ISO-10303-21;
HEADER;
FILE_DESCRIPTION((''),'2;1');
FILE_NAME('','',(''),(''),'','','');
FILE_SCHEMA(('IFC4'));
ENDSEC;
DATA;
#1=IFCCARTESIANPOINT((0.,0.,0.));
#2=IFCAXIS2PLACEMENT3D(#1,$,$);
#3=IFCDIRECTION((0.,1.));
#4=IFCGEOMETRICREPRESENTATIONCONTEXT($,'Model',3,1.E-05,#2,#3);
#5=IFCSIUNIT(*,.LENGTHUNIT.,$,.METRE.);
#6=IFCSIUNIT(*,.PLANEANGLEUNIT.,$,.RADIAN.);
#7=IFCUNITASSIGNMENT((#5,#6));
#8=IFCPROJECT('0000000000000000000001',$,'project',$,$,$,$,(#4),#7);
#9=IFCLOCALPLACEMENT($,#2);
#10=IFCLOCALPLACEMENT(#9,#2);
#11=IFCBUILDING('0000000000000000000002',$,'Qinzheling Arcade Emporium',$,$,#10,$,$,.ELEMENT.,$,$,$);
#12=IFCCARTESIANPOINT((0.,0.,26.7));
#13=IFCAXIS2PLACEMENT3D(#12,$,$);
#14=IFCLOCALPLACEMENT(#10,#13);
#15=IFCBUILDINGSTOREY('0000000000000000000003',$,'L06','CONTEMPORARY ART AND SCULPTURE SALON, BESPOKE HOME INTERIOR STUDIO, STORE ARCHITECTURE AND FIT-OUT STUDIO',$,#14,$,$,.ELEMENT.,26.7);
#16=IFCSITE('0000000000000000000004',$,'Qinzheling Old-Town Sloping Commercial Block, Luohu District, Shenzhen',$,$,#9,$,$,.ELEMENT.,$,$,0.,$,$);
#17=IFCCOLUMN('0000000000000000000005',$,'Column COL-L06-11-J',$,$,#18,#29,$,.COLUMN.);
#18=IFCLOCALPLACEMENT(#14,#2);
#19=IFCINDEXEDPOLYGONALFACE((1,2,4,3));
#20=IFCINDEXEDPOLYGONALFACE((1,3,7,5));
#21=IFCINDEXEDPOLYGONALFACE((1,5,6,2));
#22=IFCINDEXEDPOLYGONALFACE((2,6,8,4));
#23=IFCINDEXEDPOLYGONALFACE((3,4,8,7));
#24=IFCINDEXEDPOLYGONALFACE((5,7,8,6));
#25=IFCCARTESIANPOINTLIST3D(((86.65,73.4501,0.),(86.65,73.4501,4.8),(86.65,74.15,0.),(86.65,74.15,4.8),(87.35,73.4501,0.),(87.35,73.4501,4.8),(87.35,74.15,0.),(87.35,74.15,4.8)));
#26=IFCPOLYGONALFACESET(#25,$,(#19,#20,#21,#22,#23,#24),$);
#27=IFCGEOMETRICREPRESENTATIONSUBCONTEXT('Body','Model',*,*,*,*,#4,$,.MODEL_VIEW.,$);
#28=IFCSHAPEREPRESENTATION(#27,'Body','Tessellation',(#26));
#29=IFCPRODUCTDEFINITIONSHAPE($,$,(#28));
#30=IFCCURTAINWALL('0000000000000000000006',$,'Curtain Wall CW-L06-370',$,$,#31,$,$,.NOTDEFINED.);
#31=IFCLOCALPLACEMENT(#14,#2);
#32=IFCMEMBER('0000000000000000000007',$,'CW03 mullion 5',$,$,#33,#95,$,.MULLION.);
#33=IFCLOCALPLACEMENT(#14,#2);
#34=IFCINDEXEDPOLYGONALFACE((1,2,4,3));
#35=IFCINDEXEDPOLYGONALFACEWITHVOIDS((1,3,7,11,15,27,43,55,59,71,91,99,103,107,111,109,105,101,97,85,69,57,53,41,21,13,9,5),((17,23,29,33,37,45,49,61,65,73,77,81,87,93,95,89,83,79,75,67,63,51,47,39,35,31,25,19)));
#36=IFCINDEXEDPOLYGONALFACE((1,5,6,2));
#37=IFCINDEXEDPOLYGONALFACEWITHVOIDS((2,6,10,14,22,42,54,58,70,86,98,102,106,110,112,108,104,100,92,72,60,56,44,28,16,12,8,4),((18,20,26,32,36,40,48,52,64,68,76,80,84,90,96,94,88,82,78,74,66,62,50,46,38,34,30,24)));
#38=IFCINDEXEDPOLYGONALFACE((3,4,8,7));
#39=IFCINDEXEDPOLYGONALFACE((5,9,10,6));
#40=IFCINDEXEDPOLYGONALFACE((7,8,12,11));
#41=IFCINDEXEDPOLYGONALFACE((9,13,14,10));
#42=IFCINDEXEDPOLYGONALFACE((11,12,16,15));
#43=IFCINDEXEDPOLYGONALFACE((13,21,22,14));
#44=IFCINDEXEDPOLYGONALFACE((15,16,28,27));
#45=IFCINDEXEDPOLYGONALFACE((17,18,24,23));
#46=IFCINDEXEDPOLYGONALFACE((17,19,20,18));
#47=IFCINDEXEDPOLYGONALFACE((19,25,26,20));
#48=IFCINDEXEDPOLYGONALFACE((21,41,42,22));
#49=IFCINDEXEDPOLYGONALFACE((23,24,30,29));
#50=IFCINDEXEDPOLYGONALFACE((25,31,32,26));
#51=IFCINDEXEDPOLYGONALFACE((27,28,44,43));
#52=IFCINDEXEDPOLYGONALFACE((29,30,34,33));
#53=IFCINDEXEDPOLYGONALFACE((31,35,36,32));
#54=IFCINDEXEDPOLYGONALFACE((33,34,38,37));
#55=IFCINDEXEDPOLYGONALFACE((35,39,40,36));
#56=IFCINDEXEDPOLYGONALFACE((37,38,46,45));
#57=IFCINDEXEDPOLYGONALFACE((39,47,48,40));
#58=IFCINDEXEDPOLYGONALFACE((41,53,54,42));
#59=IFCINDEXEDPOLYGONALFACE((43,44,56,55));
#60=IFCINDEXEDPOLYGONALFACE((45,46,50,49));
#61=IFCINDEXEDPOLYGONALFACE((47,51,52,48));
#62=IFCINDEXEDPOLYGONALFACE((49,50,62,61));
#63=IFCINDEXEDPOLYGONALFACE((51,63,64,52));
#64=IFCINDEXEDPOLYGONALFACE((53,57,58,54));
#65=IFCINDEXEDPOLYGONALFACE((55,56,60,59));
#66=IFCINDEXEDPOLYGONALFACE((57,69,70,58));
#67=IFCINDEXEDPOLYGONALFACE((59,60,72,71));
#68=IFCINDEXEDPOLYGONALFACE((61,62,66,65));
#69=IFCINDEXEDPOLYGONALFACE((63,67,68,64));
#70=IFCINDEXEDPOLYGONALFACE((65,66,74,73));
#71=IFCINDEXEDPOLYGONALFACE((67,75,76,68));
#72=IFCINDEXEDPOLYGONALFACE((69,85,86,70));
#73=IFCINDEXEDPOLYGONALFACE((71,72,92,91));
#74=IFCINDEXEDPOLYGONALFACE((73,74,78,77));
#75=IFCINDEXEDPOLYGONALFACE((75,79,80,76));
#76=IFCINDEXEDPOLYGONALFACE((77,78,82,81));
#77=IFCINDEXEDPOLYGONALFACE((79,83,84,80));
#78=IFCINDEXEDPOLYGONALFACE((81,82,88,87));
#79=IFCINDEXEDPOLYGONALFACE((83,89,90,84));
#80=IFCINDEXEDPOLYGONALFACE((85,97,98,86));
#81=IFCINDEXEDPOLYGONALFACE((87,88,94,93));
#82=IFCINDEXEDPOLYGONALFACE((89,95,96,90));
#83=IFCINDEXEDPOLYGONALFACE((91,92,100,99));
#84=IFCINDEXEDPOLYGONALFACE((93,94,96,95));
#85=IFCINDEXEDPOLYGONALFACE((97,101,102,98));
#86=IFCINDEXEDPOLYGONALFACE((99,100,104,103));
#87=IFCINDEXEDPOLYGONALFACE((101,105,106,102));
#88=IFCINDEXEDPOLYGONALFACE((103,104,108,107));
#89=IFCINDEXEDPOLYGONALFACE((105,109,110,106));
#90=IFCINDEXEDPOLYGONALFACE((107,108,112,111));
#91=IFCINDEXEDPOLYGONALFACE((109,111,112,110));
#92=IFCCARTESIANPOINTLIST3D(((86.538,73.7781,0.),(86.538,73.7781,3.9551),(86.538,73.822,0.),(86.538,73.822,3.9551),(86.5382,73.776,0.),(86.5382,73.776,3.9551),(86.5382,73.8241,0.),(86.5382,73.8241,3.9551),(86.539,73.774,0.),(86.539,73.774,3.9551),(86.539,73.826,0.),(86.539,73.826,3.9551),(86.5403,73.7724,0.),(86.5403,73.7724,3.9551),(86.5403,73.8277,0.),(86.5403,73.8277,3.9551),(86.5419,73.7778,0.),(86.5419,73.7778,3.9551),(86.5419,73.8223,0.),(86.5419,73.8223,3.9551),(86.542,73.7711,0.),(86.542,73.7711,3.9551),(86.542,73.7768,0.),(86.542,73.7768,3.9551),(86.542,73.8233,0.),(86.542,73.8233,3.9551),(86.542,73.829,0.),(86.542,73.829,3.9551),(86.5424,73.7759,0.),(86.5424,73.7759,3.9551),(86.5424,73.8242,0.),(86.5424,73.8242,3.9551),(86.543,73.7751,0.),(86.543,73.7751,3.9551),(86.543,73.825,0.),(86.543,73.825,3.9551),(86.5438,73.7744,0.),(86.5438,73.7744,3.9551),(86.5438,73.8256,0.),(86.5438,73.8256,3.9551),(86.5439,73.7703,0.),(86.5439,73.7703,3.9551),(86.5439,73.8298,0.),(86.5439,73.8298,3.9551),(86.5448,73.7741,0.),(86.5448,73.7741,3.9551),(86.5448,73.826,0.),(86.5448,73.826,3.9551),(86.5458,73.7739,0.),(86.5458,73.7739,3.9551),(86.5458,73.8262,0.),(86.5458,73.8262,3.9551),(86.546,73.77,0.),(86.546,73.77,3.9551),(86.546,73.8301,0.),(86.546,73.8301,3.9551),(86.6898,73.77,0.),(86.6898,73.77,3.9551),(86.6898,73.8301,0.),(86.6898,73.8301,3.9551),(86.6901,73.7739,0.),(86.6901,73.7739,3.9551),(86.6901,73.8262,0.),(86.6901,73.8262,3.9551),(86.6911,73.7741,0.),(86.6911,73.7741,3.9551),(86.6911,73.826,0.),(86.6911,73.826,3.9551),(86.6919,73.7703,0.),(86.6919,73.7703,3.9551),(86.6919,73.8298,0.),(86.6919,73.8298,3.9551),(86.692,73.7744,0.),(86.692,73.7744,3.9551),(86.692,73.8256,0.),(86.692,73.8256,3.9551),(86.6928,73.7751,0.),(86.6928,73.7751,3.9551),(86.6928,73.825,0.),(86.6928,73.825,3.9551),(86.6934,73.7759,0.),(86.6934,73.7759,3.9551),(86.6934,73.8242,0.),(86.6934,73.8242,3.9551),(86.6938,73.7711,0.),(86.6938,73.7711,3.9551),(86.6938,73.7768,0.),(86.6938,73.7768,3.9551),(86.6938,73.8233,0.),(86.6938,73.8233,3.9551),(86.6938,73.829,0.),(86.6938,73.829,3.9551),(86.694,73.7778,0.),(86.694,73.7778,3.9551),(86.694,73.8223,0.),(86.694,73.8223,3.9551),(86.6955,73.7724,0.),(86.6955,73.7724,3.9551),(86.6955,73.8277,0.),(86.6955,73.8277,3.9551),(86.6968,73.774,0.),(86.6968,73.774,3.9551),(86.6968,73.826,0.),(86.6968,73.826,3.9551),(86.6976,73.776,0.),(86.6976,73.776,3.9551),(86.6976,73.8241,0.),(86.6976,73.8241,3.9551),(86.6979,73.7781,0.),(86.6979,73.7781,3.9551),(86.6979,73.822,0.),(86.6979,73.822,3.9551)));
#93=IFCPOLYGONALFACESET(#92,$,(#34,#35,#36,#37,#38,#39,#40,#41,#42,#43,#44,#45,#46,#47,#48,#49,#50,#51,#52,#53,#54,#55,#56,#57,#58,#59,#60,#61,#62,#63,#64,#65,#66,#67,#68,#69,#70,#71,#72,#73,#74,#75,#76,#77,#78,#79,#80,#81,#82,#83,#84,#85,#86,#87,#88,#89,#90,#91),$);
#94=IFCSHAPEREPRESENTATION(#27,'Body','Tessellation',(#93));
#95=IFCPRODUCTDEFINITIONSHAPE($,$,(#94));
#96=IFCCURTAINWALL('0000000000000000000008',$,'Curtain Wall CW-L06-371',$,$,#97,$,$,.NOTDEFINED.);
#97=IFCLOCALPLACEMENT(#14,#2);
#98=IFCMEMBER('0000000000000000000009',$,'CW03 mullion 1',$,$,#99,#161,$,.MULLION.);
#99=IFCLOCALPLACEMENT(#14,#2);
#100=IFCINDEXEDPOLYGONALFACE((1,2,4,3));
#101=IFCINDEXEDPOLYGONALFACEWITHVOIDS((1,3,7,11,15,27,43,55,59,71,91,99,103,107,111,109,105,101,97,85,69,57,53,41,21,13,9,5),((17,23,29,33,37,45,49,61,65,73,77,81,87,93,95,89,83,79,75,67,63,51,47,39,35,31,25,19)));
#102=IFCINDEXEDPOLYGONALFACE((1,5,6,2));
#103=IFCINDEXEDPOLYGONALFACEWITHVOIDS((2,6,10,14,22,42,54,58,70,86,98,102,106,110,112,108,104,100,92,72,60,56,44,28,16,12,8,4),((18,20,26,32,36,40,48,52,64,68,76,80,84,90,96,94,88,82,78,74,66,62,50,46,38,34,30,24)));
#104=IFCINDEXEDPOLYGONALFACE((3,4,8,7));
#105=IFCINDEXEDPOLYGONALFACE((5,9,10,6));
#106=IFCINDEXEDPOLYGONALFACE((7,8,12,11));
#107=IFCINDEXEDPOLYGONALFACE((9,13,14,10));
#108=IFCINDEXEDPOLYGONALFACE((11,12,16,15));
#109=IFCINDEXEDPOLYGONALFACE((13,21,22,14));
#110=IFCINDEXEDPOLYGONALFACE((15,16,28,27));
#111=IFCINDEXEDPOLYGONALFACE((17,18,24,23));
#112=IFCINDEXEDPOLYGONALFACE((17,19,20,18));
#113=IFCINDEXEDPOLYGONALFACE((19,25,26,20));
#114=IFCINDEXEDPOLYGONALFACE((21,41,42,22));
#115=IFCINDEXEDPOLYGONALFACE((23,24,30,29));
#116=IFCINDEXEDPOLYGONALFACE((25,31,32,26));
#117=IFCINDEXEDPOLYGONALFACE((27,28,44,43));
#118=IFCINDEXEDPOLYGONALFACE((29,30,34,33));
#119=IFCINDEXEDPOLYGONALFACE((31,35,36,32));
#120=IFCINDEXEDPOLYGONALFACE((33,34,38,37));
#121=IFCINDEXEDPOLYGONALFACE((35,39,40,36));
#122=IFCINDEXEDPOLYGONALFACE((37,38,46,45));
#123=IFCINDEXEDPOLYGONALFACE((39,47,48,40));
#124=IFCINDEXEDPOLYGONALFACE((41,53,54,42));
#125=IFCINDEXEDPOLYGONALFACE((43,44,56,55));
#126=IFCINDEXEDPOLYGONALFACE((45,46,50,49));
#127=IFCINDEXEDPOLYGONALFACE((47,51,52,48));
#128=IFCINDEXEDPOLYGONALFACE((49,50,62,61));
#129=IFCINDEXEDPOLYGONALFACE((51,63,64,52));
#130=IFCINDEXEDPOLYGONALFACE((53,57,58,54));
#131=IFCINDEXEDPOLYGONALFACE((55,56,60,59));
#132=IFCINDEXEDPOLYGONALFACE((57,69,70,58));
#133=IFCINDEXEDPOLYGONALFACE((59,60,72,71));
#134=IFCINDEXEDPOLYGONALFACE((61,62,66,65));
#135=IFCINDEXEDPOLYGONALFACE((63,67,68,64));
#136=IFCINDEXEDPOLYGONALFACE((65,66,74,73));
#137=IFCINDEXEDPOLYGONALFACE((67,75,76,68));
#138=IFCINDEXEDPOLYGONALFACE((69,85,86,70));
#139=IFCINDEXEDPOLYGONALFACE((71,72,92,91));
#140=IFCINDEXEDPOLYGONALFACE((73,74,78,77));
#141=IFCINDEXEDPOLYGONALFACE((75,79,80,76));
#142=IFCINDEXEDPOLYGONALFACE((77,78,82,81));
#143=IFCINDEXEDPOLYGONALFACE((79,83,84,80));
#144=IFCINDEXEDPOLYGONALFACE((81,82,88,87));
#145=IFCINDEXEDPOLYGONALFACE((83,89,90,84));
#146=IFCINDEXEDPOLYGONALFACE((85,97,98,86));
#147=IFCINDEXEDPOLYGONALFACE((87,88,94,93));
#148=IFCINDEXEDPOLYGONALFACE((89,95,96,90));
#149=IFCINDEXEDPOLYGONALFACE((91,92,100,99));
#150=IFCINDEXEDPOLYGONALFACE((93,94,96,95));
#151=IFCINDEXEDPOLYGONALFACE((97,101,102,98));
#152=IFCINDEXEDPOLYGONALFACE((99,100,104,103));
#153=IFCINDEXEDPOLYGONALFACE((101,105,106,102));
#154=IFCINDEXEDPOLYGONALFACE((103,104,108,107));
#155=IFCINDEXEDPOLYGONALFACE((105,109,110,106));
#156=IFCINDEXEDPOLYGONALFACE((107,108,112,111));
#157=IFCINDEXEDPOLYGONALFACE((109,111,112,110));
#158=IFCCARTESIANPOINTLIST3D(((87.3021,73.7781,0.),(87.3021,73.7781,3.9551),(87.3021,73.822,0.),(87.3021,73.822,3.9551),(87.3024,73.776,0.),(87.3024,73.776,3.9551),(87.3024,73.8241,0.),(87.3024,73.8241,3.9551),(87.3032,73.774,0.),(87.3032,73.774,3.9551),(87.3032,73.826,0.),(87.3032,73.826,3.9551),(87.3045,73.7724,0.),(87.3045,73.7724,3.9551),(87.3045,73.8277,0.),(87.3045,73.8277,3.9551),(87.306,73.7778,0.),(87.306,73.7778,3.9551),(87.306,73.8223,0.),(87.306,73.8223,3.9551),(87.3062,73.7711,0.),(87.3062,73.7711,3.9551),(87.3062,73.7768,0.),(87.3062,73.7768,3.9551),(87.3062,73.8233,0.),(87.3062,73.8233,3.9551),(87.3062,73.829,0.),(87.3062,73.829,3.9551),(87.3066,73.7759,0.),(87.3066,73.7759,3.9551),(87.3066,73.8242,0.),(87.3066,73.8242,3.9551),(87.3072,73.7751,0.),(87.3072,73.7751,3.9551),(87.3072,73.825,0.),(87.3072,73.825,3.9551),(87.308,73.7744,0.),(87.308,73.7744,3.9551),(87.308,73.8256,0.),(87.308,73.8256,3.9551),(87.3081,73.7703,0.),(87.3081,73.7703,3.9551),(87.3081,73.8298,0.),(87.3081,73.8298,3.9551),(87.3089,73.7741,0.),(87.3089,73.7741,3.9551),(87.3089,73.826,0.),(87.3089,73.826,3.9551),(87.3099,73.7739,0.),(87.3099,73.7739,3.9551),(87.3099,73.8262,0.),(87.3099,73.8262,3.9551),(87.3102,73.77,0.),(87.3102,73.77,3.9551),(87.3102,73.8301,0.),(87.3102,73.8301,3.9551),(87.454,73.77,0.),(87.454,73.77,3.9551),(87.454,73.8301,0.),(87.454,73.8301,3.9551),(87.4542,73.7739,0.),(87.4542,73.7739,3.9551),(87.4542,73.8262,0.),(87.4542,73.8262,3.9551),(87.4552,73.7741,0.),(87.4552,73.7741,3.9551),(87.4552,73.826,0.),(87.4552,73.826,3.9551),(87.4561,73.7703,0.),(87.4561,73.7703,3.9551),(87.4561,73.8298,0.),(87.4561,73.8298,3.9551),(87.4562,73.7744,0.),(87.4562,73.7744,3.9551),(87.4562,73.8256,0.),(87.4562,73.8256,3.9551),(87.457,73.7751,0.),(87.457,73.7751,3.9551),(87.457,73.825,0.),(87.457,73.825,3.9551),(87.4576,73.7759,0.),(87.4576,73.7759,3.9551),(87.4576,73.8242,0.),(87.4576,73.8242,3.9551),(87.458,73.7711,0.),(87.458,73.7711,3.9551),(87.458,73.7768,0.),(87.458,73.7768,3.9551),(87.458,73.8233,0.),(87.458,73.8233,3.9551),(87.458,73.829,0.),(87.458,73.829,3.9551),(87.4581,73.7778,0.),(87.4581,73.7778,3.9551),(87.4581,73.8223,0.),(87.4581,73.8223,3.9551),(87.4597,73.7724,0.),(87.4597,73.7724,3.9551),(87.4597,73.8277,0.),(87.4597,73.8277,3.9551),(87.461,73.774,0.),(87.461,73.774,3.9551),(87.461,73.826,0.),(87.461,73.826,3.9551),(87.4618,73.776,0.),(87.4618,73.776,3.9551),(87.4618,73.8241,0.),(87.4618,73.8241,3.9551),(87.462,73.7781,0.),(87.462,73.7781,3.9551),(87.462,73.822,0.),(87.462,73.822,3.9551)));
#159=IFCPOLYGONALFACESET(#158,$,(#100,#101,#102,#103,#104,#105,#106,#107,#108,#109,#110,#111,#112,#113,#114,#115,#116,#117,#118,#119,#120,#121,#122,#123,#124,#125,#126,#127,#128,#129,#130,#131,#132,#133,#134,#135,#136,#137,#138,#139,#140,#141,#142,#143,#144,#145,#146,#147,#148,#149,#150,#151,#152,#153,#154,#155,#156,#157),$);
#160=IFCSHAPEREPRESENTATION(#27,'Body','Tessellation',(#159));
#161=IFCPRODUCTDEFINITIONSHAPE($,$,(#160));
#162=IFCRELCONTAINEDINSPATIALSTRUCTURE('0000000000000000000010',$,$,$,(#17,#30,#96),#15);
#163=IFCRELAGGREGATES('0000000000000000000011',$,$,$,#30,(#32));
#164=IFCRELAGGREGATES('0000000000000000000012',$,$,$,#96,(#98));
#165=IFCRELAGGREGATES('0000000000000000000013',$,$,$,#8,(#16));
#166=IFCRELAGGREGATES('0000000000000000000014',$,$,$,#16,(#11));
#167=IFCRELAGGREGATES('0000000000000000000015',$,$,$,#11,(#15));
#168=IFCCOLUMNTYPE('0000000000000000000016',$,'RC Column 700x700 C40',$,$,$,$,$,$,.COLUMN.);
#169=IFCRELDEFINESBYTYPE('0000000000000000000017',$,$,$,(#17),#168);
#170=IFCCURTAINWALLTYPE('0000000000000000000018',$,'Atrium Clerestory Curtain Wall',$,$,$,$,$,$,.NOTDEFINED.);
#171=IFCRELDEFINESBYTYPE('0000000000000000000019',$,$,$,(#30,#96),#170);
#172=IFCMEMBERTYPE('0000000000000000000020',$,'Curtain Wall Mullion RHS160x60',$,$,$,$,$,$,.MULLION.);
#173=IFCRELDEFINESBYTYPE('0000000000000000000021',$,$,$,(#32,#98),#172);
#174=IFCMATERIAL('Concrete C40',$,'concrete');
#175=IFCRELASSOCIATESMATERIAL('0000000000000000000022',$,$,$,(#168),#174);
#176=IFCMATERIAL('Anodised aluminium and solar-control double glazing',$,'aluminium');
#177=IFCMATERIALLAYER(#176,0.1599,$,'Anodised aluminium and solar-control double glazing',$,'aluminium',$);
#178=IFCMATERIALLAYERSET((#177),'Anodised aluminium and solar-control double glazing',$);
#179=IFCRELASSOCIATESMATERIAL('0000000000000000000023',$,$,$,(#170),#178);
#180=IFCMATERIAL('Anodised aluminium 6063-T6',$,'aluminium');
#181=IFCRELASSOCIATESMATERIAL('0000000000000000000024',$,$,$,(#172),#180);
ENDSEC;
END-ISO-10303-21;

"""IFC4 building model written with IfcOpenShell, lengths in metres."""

from ifc_helpers import new_model, si_unit, direction, frame, origin, origin_2d, place, context, subcontext, project, spatial, rectangle, hollow_rectangle, extrude, material, layer, layer_set, material_profile, profile_set, type_object, element, aggregate, save


model = new_model("IFC4")

# Units and contexts
model_context = context("Model", 3, precision=1e-05, world=origin(), true_north=direction((0.0, 1.0)))
body_context = subcontext(model_context, "Body", "Model", "MODEL_VIEW")
ifc_project = project(units=[si_unit("LENGTHUNIT", "METRE"), si_unit("PLANEANGLEUNIT", "RADIAN")], contexts=[model_context])

# Site, building, storey
site_placement = place(None, origin())
site = spatial("IfcSite", under=ifc_project, at=site_placement, Name="Qinzheling Old-Town Sloping Commercial Block, Luohu District, Shenzhen", CompositionType="ELEMENT", RefElevation=0.0)
building_placement = place(site_placement, origin())
building = spatial("IfcBuilding", under=site, at=building_placement, Name="Qinzheling Arcade Emporium", CompositionType="ELEMENT")
storey_placement = place(building_placement, frame((0.0, 0.0, 26.7)))
storey = spatial("IfcBuildingStorey", under=building, at=storey_placement, Name="L06", Description="CONTEMPORARY ART AND SCULPTURE SALON, BESPOKE HOME INTERIOR STUDIO, STORE ARCHITECTURE AND FIT-OUT STUDIO", CompositionType="ELEMENT", Elevation=26.7)

# Column
ifc_material_1 = material(Name="Concrete C40", Category="concrete")
ifc_material_profile_1 = material_profile(ifc_material_1, rectangle(XDim=0.7, YDim=0.7, at=origin_2d()), Name="RC 700x700", Category="concrete")
ifc_profile_set_1 = profile_set([ifc_material_profile_1], Name="Concrete C40")
column_type = type_object("IfcColumnType", Name="RC Column 700x700 C40", PredefinedType="COLUMN", material=ifc_profile_set_1)
column_placement = place(storey_placement, frame((87.0, 73.8, 0.0), z_axis=(0.0, 0.0, 1.0), x_axis=(1.0, 0.0, 0.0)))
element("IfcColumn", 1, at=column_placement, inside=storey, type_object=column_type, Name="Column COL-L06-11-J", PredefinedType="COLUMN", context=body_context, shape_type="SweptSolid", body=[
    extrude(rectangle(XDim=0.7, YDim=0.7, at=origin_2d()), origin(), (0.0, 0.0, 1.0), 4.8),
])

# Curtain wall, member
ifc_material_2 = material(Name="Anodised aluminium and solar-control double glazing", Category="aluminium")
ifc_layer_1 = layer(ifc_material_2, 0.1599, Name="Anodised aluminium and solar-control double glazing", Category="aluminium")
ifc_layer_set_1 = layer_set([ifc_layer_1], Name="Anodised aluminium and solar-control double glazing")
curtain_wall_type = type_object("IfcCurtainWallType", Name="Atrium Clerestory Curtain Wall", PredefinedType="NOTDEFINED", material=ifc_layer_set_1)
curtain_wall_1_placement = place(storey_placement, origin())
curtain_wall_1 = element("IfcCurtainWall", 2, at=curtain_wall_1_placement, inside=storey, type_object=curtain_wall_type, Name="Curtain Wall CW-L06-370", PredefinedType="NOTDEFINED")
ifc_material_3 = material(Name="Anodised aluminium 6063-T6", Category="aluminium")
ifc_material_profile_2 = material_profile(ifc_material_3, hollow_rectangle(XDim=0.0601, YDim=0.1599, WallThickness=0.0039, InnerFilletRadius=0.0039, OuterFilletRadius=0.0081, at=origin_2d()), Name="RHS 160x60x4", Category="aluminium")
ifc_profile_set_2 = profile_set([ifc_material_profile_2], Name="Anodised aluminium 6063-T6")
member_type_1 = type_object("IfcMemberType", Name="Curtain Wall Mullion RHS160x60", PredefinedType="MULLION", material=ifc_profile_set_2)
member_1_placement = place(storey_placement, frame((86.6179, 73.8, 0.0), z_axis=(0.0, 0.0, 1.0), x_axis=(0.0, 1.0, 0.0)))
member_1 = element("IfcMember", 3, at=member_1_placement, type_object=member_type_1, Name="CW03 mullion 5", PredefinedType="MULLION", context=body_context, shape_type="SweptSolid", body=[
    extrude(hollow_rectangle(XDim=0.0601, YDim=0.1599, WallThickness=0.0039, InnerFilletRadius=0.0039, OuterFilletRadius=0.0081, at=origin_2d()), origin(), (0.0, 0.0, 1.0), 3.9551),
])

# Curtain wall, member
curtain_wall_2_placement = place(storey_placement, origin())
curtain_wall_2 = element("IfcCurtainWall", 4, at=curtain_wall_2_placement, inside=storey, type_object=curtain_wall_type, Name="Curtain Wall CW-L06-371", PredefinedType="NOTDEFINED")
member_2_placement = place(storey_placement, frame((87.3821, 73.8, 0.0), z_axis=(0.0, 0.0, 1.0), x_axis=(0.0, 1.0, 0.0)))
member_2 = element("IfcMember", 5, at=member_2_placement, type_object=member_type_1, Name="CW03 mullion 1", PredefinedType="MULLION", context=body_context, shape_type="SweptSolid", body=[
    extrude(hollow_rectangle(XDim=0.0601, YDim=0.1599, WallThickness=0.0039, InnerFilletRadius=0.0039, OuterFilletRadius=0.0081, at=origin_2d()), origin(), (0.0, 0.0, 1.0), 3.9551),
])

aggregate(curtain_wall_1, [member_1])
aggregate(curtain_wall_2, [member_2])

save(model, "model.ifc")
